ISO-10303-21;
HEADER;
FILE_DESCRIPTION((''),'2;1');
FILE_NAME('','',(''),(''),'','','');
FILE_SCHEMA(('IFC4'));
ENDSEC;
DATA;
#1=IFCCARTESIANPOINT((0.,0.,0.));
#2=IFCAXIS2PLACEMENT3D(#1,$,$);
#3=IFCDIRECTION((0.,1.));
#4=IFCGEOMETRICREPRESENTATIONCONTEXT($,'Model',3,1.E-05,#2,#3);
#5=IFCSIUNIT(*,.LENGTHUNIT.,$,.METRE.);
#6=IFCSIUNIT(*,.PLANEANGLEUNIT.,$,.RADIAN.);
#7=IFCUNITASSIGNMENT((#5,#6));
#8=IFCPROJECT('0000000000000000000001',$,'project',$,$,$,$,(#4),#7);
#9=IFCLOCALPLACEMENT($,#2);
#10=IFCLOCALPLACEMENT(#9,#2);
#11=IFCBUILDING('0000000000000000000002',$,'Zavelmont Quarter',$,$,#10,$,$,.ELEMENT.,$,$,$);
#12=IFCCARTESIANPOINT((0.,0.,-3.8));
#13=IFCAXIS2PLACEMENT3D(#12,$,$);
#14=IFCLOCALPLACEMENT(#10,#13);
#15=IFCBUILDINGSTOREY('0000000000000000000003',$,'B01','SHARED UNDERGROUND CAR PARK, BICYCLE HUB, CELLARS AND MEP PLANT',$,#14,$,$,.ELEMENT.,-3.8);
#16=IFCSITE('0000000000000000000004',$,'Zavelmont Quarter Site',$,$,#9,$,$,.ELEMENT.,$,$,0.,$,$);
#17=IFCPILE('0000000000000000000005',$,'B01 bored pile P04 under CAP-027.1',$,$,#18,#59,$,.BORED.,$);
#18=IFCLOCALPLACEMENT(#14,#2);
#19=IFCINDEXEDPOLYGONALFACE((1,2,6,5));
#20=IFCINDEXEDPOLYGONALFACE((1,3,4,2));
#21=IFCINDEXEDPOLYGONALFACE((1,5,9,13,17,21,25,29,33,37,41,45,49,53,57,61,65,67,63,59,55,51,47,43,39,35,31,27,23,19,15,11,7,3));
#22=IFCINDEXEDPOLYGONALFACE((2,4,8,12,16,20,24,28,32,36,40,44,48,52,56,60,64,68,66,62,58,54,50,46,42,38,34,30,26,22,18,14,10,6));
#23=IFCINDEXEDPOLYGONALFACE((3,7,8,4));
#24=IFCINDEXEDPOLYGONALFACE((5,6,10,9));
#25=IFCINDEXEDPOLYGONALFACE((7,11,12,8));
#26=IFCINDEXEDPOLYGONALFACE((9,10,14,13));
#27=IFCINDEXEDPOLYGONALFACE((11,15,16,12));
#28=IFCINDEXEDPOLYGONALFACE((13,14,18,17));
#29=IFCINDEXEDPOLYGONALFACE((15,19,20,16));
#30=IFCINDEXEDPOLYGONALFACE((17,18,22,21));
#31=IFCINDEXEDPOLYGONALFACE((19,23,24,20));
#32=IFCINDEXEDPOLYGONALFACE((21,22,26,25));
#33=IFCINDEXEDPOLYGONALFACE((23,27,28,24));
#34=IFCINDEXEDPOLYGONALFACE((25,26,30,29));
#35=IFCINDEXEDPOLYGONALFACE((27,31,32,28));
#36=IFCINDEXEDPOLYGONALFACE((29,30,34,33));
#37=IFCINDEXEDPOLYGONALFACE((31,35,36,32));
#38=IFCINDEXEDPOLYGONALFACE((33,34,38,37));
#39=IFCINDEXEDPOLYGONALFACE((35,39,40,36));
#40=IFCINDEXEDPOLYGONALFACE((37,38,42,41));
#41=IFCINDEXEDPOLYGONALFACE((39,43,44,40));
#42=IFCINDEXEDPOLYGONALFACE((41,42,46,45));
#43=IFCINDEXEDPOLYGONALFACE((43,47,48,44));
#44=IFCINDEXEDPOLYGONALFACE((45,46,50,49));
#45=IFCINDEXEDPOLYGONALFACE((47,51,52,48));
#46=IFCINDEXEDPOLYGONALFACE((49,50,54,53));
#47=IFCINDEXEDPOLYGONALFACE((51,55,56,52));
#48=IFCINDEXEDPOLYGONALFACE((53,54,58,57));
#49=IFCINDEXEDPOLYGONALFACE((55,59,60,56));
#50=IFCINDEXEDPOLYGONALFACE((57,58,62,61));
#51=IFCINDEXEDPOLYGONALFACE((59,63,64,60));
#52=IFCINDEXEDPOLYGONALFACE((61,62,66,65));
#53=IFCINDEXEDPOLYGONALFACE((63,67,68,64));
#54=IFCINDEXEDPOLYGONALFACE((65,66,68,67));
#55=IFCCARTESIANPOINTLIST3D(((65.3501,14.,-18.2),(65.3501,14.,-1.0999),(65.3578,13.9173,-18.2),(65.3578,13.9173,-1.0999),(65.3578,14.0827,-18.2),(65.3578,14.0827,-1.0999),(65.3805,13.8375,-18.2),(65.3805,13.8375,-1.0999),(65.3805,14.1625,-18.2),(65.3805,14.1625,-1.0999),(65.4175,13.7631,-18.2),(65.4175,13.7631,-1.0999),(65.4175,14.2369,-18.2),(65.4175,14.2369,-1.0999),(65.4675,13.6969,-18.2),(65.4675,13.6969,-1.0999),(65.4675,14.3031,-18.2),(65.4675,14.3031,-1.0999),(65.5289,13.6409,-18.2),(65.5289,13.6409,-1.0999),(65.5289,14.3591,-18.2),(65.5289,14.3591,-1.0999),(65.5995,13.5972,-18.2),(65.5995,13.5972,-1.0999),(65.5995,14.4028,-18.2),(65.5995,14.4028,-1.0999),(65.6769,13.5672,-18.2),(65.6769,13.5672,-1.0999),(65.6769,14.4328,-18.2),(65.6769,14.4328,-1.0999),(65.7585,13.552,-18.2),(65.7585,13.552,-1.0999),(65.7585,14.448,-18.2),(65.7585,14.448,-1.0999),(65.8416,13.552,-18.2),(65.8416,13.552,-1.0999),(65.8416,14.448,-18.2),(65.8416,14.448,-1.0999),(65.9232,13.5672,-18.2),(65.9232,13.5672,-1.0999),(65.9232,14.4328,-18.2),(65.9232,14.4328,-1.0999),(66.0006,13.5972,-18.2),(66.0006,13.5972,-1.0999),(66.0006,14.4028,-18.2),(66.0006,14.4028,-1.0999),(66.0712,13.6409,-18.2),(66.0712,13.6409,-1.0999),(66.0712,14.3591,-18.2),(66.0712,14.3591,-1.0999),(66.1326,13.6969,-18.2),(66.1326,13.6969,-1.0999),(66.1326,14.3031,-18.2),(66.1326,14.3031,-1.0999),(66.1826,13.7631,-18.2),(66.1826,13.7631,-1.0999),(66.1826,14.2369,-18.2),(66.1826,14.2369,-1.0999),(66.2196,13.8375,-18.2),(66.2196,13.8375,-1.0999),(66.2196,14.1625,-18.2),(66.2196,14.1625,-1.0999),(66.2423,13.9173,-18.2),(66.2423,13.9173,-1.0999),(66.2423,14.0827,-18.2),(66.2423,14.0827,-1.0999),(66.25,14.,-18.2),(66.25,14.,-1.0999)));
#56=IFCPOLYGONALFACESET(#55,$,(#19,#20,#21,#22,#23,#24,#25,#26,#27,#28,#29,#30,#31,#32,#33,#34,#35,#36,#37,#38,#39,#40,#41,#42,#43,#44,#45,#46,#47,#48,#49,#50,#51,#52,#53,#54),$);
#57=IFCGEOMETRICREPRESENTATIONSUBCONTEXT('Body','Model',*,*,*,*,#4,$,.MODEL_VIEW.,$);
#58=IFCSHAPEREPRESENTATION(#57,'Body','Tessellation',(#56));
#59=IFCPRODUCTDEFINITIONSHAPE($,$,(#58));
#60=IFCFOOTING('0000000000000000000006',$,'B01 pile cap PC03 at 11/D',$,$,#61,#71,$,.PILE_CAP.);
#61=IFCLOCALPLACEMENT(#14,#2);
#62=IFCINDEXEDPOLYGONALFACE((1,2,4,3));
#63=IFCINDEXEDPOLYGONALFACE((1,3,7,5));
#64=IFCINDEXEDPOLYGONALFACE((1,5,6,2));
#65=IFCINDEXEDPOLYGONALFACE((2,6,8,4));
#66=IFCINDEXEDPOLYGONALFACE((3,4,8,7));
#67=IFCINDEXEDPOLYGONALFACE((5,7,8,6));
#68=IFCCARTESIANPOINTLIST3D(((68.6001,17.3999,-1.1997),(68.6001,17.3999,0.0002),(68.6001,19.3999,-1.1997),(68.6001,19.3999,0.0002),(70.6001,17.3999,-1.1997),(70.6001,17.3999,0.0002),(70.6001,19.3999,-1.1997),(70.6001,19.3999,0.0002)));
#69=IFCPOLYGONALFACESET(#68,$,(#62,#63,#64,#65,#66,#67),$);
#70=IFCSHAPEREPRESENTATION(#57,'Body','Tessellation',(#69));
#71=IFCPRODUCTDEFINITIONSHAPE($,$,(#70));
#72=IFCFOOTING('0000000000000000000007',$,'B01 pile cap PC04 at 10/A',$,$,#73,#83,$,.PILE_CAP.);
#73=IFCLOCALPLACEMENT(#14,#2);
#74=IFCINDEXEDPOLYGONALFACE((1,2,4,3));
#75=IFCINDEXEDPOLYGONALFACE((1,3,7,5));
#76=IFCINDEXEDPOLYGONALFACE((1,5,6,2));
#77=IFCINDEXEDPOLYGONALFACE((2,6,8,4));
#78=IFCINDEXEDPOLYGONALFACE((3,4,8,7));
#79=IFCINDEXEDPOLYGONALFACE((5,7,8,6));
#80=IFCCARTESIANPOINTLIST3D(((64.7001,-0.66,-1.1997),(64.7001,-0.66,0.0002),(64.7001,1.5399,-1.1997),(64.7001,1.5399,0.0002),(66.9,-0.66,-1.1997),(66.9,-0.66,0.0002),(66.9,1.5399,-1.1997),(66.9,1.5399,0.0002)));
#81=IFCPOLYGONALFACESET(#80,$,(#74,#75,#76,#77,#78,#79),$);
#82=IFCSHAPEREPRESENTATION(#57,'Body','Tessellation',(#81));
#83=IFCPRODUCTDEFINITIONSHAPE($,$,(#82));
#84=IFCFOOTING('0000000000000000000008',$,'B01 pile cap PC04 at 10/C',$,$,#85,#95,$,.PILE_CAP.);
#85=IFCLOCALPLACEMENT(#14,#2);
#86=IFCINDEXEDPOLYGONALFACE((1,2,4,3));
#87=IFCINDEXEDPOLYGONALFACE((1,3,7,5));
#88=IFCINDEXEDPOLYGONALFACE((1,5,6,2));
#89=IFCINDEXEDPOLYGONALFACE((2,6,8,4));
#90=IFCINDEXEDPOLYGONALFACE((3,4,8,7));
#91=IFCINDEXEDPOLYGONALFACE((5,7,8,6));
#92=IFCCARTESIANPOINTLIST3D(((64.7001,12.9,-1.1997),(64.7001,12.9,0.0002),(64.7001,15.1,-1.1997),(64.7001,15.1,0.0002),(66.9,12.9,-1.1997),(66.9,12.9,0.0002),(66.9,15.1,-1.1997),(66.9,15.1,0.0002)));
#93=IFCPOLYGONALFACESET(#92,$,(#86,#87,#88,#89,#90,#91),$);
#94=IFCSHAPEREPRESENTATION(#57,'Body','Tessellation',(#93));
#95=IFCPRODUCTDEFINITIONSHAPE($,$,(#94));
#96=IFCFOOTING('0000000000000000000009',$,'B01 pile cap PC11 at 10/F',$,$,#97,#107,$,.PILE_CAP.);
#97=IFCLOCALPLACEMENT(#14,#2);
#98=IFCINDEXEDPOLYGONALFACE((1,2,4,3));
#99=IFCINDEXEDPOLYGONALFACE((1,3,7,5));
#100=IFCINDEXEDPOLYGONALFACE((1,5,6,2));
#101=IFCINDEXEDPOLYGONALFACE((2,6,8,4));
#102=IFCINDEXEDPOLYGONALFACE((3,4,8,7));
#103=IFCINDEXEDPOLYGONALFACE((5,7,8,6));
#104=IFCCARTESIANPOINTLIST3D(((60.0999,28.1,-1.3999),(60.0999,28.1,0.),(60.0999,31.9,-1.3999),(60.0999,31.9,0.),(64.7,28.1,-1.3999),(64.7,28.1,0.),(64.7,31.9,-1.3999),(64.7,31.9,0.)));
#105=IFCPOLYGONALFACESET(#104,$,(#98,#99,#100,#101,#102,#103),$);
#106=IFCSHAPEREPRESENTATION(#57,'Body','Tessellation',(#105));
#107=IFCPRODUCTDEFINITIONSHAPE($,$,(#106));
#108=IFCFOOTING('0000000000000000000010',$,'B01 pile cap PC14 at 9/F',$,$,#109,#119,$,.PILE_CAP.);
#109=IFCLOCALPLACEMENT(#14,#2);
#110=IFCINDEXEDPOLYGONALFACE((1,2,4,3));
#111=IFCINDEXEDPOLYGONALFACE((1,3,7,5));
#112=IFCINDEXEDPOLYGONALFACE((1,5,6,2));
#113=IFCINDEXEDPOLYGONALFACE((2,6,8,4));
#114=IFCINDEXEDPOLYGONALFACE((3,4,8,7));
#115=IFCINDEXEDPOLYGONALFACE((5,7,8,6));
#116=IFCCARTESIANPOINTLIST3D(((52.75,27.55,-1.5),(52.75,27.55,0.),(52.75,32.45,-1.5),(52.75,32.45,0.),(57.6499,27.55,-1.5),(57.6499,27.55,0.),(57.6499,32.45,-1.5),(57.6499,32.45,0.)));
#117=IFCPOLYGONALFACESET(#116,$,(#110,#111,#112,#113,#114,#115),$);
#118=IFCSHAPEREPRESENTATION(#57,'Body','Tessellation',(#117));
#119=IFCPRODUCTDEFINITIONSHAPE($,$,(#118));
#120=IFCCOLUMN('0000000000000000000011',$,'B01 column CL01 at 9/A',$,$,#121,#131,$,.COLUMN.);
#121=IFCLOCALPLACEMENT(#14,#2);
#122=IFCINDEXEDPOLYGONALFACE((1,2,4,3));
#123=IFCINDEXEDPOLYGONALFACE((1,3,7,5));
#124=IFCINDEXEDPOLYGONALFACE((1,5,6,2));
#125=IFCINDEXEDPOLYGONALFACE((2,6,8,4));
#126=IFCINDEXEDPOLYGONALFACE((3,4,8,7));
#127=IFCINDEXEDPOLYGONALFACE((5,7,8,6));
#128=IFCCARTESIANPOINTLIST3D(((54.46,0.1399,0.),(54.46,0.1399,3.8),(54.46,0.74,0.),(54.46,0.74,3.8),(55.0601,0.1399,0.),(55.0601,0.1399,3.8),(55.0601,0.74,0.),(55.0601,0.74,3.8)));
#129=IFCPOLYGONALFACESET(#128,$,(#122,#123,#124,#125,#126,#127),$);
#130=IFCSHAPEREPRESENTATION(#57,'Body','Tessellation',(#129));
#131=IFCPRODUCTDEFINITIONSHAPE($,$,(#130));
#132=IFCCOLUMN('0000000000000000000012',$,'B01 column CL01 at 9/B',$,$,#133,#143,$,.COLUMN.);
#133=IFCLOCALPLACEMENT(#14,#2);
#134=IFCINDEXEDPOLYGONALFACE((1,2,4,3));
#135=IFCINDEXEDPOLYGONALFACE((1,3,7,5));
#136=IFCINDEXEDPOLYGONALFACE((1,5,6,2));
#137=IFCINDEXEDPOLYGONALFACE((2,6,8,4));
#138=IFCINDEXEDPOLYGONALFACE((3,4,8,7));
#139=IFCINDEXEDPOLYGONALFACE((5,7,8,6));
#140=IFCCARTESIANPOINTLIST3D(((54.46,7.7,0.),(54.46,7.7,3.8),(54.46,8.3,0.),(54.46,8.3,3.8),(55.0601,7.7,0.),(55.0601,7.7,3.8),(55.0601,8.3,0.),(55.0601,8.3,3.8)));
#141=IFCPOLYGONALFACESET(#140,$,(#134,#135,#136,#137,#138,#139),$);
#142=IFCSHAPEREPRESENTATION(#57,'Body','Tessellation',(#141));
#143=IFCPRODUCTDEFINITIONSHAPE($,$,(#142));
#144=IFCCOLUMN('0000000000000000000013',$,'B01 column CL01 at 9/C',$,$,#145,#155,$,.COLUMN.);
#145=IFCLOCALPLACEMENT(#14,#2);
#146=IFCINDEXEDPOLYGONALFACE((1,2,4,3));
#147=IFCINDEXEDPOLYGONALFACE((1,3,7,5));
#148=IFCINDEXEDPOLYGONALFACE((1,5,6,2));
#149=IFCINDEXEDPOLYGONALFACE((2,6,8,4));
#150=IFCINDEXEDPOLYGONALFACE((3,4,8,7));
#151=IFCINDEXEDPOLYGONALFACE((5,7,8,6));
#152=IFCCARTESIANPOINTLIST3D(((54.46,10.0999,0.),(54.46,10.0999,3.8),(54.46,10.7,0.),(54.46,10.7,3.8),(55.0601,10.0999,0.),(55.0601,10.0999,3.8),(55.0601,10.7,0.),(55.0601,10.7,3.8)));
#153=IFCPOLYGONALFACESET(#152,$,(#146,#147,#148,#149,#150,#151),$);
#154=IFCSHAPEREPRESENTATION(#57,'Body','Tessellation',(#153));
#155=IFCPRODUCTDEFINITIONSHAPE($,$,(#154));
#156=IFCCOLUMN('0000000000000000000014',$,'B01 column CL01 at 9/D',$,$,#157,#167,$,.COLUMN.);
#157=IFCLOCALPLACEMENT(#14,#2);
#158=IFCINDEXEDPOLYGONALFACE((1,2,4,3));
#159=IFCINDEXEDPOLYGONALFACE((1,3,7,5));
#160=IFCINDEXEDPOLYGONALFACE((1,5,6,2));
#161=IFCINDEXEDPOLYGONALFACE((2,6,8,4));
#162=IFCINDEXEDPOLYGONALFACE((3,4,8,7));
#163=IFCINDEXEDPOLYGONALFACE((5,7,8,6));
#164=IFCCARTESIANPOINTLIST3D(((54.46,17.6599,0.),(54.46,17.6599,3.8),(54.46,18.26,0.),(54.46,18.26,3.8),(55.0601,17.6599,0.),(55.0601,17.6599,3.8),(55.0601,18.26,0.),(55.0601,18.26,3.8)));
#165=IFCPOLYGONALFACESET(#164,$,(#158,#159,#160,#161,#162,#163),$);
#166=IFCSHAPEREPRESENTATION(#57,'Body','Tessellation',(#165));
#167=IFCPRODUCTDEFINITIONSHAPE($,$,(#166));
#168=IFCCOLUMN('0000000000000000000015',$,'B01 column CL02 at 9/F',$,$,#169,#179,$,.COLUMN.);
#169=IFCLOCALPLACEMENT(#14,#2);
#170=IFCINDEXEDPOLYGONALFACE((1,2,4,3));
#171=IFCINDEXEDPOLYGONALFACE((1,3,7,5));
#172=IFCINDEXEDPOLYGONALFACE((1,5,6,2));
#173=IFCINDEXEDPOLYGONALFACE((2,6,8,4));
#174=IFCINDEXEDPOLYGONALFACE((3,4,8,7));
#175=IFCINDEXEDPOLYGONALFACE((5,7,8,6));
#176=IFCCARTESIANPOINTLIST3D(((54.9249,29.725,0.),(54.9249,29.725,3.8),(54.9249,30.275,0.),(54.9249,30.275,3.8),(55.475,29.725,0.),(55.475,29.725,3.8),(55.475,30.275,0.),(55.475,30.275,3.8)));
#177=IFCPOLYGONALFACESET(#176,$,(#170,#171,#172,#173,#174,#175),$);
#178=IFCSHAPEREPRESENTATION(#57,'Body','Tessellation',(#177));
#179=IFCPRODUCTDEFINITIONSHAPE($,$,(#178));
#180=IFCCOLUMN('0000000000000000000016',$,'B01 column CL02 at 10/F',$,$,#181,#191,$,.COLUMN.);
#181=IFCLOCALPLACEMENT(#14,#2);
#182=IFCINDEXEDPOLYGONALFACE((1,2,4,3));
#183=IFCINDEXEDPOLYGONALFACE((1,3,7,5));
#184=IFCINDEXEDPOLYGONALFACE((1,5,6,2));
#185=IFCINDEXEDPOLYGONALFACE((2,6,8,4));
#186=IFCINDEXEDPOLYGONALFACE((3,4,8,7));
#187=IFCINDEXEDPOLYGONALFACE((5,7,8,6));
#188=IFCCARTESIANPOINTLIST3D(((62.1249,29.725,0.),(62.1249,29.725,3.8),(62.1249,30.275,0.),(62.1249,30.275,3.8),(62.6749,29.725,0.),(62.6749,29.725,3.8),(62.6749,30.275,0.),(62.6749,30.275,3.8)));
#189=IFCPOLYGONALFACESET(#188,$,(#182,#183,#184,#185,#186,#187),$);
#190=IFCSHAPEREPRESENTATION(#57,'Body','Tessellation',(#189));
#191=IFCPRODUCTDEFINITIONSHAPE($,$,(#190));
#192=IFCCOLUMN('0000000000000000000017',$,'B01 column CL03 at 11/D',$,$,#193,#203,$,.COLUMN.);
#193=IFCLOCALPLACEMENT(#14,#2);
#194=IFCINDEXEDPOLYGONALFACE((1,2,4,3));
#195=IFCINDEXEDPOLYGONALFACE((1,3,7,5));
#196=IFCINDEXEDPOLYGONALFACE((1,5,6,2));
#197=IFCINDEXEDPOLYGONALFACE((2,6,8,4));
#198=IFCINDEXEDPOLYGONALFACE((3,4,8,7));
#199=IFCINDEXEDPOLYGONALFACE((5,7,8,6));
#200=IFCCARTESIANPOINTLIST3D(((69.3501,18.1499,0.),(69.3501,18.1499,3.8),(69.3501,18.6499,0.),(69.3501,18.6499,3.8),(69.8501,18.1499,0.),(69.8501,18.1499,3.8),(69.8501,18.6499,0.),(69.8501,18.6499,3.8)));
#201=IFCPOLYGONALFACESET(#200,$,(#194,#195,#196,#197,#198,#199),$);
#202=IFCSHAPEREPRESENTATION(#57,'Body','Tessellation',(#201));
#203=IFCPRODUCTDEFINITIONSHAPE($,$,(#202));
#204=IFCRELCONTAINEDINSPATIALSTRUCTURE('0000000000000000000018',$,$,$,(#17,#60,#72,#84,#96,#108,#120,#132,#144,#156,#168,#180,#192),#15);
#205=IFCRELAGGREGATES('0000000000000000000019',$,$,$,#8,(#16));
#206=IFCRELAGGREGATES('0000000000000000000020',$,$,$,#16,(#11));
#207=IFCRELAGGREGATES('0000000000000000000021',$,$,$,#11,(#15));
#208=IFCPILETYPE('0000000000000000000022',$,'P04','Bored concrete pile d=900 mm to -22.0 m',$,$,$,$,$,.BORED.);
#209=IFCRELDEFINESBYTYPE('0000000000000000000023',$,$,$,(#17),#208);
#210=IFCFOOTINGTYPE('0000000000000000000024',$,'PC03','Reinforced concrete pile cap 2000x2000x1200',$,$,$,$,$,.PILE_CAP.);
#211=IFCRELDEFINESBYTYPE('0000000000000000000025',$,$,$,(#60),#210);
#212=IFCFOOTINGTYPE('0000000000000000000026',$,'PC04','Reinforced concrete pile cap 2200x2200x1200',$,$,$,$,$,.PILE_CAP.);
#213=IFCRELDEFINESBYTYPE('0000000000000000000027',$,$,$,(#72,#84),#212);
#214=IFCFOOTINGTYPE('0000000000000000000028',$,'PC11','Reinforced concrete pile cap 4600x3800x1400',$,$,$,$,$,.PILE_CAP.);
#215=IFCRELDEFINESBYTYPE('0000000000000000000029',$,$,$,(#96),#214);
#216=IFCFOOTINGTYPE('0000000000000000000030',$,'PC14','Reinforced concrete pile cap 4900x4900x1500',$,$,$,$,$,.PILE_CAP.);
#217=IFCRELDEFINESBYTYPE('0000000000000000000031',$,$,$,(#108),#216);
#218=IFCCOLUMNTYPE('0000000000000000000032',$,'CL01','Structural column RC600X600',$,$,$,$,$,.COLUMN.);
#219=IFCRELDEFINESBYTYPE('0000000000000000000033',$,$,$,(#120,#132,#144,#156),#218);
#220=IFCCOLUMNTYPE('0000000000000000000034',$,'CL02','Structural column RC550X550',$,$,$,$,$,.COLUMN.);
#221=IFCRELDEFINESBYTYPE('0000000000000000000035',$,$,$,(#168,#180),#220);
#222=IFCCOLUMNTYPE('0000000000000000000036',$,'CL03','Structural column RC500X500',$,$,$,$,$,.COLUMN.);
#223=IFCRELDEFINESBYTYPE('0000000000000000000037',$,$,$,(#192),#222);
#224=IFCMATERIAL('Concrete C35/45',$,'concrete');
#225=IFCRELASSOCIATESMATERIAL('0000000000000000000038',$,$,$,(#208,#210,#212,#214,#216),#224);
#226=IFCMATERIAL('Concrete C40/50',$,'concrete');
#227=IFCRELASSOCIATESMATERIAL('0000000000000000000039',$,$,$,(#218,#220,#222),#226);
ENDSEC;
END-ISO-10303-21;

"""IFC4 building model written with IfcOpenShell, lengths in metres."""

from ifc_helpers import new_model, si_unit, direction, frame, origin, origin_2d, place, context, subcontext, project, spatial, rectangle, circle, extrude, material, material_profile, profile_set, type_object, element, save


model = new_model("IFC4")

# Units and contexts
model_context = context("Model", 3, precision=1e-05, world=origin(), true_north=direction((0.0, 1.0)))
body_context = subcontext(model_context, "Body", "Model", "MODEL_VIEW")
ifc_project = project(units=[si_unit("LENGTHUNIT", "METRE"), si_unit("PLANEANGLEUNIT", "RADIAN")], contexts=[model_context])

# Site, building, storey
site_placement = place(None, origin())
site = spatial("IfcSite", under=ifc_project, at=site_placement, Name="Zavelmont Quarter Site", CompositionType="ELEMENT", RefElevation=0.0)
building_placement = place(site_placement, origin())
building = spatial("IfcBuilding", under=site, at=building_placement, Name="Zavelmont Quarter", CompositionType="ELEMENT")
storey_placement = place(building_placement, frame((0.0, 0.0, -3.8)))
storey = spatial("IfcBuildingStorey", under=building, at=storey_placement, Name="B01", Description="SHARED UNDERGROUND CAR PARK, BICYCLE HUB, CELLARS AND MEP PLANT", CompositionType="ELEMENT", Elevation=-3.8)

# Shared definitions
ifc_material_1 = material(Name="Concrete C35/45", Category="concrete")

# Pile
ifc_material_profile_1 = material_profile(ifc_material_1, circle(Radius=0.45, at=origin_2d()), Name="BP900")
ifc_profile_set_1 = profile_set([ifc_material_profile_1], Name="Concrete C35/45")
pile_type_1 = type_object("IfcPileType", Name="P04", Description="Bored concrete pile d=900 mm to -22.0 m", PredefinedType="BORED", material=ifc_profile_set_1)
for number, where, z_axis, x_axis, name in (
    (1, (65.8, 14.0, -1.0999), (0.0, 0.0, -1.0), (1.0, 0.0, 0.0), "B01 bored pile P04 under CAP-027.1"),
):
    element("IfcPile", number, at=place(storey_placement, frame(where, z_axis=z_axis, x_axis=x_axis)), inside=storey, type_object=pile_type_1, Name=name, PredefinedType="BORED", context=body_context, shape_type="SweptSolid", body=[
        extrude(circle(Radius=0.45, at=origin_2d()), origin(), (0.0, 0.0, 1.0), 17.1001),
    ])

# Footings
footing_type_1 = type_object("IfcFootingType", Name="PC03", Description="Reinforced concrete pile cap 2000x2000x1200", PredefinedType="PILE_CAP", material=ifc_material_1)
footing_1_placement = place(storey_placement, frame((69.6001, 18.3999, -1.1997), z_axis=(0.0, 0.0, 1.0), x_axis=(1.0, 0.0, 0.0)))
element("IfcFooting", 2, at=footing_1_placement, inside=storey, type_object=footing_type_1, Name="B01 pile cap PC03 at 11/D", PredefinedType="PILE_CAP", context=body_context, shape_type="SweptSolid", body=[
    extrude(rectangle(XDim=2.0, YDim=2.0, at=origin_2d()), origin(), (0.0, 0.0, 1.0), 1.2),
])
footing_type_2 = type_object("IfcFootingType", Name="PC04", Description="Reinforced concrete pile cap 2200x2200x1200", PredefinedType="PILE_CAP", material=ifc_material_1)
for number, where, z_axis, x_axis, name in (
    (3, (65.8, 0.4399, -1.1997), (0.0, 0.0, 1.0), (1.0, 0.0, 0.0), "B01 pile cap PC04 at 10/A"),
    (4, (65.8, 14.0, -1.1997), (0.0, 0.0, 1.0), (1.0, 0.0, 0.0), "B01 pile cap PC04 at 10/C"),
):
    element("IfcFooting", number, at=place(storey_placement, frame(where, z_axis=z_axis, x_axis=x_axis)), inside=storey, type_object=footing_type_2, Name=name, PredefinedType="PILE_CAP", context=body_context, shape_type="SweptSolid", body=[
        extrude(rectangle(XDim=2.2, YDim=2.2, at=origin_2d()), origin(), (0.0, 0.0, 1.0), 1.2),
    ])
footing_type_3 = type_object("IfcFootingType", Name="PC11", Description="Reinforced concrete pile cap 4600x3800x1400", PredefinedType="PILE_CAP", material=ifc_material_1)
footing_2_placement = place(storey_placement, frame((62.3999, 30.0, -1.3999), z_axis=(0.0, 0.0, 1.0), x_axis=(1.0, 0.0, 0.0)))
element("IfcFooting", 5, at=footing_2_placement, inside=storey, type_object=footing_type_3, Name="B01 pile cap PC11 at 10/F", PredefinedType="PILE_CAP", context=body_context, shape_type="SweptSolid", body=[
    extrude(rectangle(XDim=4.6001, YDim=3.8, at=origin_2d()), origin(), (0.0, 0.0, 1.0), 1.3999),
])
footing_type_4 = type_object("IfcFootingType", Name="PC14", Description="Reinforced concrete pile cap 4900x4900x1500", PredefinedType="PILE_CAP", material=ifc_material_1)
footing_3_placement = place(storey_placement, frame((55.2, 30.0, -1.5), z_axis=(0.0, 0.0, 1.0), x_axis=(1.0, 0.0, 0.0)))
element("IfcFooting", 6, at=footing_3_placement, inside=storey, type_object=footing_type_4, Name="B01 pile cap PC14 at 9/F", PredefinedType="PILE_CAP", context=body_context, shape_type="SweptSolid", body=[
    extrude(rectangle(XDim=4.8999, YDim=4.8999, at=origin_2d()), origin(), (0.0, 0.0, 1.0), 1.5),
])

# Columns
ifc_material_2 = material(Name="Concrete C40/50", Category="concrete")
ifc_material_profile_2 = material_profile(ifc_material_2, rectangle(XDim=0.6001, YDim=0.6001, at=origin_2d()), Name="RC600X600")
ifc_profile_set_2 = profile_set([ifc_material_profile_2], Name="Concrete C40/50")
column_type_1 = type_object("IfcColumnType", Name="CL01", Description="Structural column RC600X600", PredefinedType="COLUMN", material=ifc_profile_set_2)
for number, where, z_axis, x_axis, name in (
    (7, (54.76, 0.4399, 0.0), (0.0, 0.0, 1.0), (1.0, 0.0, 0.0), "B01 column CL01 at 9/A"),
    (8, (54.76, 8.0, 0.0), (0.0, 0.0, 1.0), (1.0, 0.0, 0.0), "B01 column CL01 at 9/B"),
    (9, (54.76, 10.3999, 0.0), (0.0, 0.0, 1.0), (1.0, 0.0, 0.0), "B01 column CL01 at 9/C"),
    (10, (54.76, 17.96, 0.0), (0.0, 0.0, 1.0), (1.0, 0.0, 0.0), "B01 column CL01 at 9/D"),
):
    element("IfcColumn", number, at=place(storey_placement, frame(where, z_axis=z_axis, x_axis=x_axis)), inside=storey, type_object=column_type_1, Name=name, PredefinedType="COLUMN", context=body_context, shape_type="SweptSolid", body=[
        extrude(rectangle(XDim=0.6001, YDim=0.6001, at=origin_2d()), origin(), (0.0, 0.0, 1.0), 3.8),
    ])
ifc_material_profile_3 = material_profile(ifc_material_2, rectangle(XDim=0.55, YDim=0.55, at=origin_2d()), Name="RC550X550")
ifc_profile_set_3 = profile_set([ifc_material_profile_3], Name="Concrete C40/50")
column_type_2 = type_object("IfcColumnType", Name="CL02", Description="Structural column RC550X550", PredefinedType="COLUMN", material=ifc_profile_set_3)
for number, where, z_axis, x_axis, name in (
    (11, (55.2, 30.0, 0.0), (0.0, 0.0, 1.0), (1.0, 0.0, 0.0), "B01 column CL02 at 9/F"),
    (12, (62.3999, 30.0, 0.0), (0.0, 0.0, 1.0), (1.0, 0.0, 0.0), "B01 column CL02 at 10/F"),
):
    element("IfcColumn", number, at=place(storey_placement, frame(where, z_axis=z_axis, x_axis=x_axis)), inside=storey, type_object=column_type_2, Name=name, PredefinedType="COLUMN", context=body_context, shape_type="SweptSolid", body=[
        extrude(rectangle(XDim=0.55, YDim=0.55, at=origin_2d()), origin(), (0.0, 0.0, 1.0), 3.8),
    ])
ifc_material_profile_4 = material_profile(ifc_material_2, rectangle(XDim=0.5, YDim=0.5, at=origin_2d()), Name="RC500X500")
ifc_profile_set_4 = profile_set([ifc_material_profile_4], Name="Concrete C40/50")
column_type_3 = type_object("IfcColumnType", Name="CL03", Description="Structural column RC500X500", PredefinedType="COLUMN", material=ifc_profile_set_4)
column_placement = place(storey_placement, frame((69.6001, 18.3999, 0.0), z_axis=(0.0, 0.0, 1.0), x_axis=(1.0, 0.0, 0.0)))
element("IfcColumn", 13, at=column_placement, inside=storey, type_object=column_type_3, Name="B01 column CL03 at 11/D", PredefinedType="COLUMN", context=body_context, shape_type="SweptSolid", body=[
    extrude(rectangle(XDim=0.5, YDim=0.5, at=origin_2d()), origin(), (0.0, 0.0, 1.0), 3.8),
])

save(model, "model.ifc")
